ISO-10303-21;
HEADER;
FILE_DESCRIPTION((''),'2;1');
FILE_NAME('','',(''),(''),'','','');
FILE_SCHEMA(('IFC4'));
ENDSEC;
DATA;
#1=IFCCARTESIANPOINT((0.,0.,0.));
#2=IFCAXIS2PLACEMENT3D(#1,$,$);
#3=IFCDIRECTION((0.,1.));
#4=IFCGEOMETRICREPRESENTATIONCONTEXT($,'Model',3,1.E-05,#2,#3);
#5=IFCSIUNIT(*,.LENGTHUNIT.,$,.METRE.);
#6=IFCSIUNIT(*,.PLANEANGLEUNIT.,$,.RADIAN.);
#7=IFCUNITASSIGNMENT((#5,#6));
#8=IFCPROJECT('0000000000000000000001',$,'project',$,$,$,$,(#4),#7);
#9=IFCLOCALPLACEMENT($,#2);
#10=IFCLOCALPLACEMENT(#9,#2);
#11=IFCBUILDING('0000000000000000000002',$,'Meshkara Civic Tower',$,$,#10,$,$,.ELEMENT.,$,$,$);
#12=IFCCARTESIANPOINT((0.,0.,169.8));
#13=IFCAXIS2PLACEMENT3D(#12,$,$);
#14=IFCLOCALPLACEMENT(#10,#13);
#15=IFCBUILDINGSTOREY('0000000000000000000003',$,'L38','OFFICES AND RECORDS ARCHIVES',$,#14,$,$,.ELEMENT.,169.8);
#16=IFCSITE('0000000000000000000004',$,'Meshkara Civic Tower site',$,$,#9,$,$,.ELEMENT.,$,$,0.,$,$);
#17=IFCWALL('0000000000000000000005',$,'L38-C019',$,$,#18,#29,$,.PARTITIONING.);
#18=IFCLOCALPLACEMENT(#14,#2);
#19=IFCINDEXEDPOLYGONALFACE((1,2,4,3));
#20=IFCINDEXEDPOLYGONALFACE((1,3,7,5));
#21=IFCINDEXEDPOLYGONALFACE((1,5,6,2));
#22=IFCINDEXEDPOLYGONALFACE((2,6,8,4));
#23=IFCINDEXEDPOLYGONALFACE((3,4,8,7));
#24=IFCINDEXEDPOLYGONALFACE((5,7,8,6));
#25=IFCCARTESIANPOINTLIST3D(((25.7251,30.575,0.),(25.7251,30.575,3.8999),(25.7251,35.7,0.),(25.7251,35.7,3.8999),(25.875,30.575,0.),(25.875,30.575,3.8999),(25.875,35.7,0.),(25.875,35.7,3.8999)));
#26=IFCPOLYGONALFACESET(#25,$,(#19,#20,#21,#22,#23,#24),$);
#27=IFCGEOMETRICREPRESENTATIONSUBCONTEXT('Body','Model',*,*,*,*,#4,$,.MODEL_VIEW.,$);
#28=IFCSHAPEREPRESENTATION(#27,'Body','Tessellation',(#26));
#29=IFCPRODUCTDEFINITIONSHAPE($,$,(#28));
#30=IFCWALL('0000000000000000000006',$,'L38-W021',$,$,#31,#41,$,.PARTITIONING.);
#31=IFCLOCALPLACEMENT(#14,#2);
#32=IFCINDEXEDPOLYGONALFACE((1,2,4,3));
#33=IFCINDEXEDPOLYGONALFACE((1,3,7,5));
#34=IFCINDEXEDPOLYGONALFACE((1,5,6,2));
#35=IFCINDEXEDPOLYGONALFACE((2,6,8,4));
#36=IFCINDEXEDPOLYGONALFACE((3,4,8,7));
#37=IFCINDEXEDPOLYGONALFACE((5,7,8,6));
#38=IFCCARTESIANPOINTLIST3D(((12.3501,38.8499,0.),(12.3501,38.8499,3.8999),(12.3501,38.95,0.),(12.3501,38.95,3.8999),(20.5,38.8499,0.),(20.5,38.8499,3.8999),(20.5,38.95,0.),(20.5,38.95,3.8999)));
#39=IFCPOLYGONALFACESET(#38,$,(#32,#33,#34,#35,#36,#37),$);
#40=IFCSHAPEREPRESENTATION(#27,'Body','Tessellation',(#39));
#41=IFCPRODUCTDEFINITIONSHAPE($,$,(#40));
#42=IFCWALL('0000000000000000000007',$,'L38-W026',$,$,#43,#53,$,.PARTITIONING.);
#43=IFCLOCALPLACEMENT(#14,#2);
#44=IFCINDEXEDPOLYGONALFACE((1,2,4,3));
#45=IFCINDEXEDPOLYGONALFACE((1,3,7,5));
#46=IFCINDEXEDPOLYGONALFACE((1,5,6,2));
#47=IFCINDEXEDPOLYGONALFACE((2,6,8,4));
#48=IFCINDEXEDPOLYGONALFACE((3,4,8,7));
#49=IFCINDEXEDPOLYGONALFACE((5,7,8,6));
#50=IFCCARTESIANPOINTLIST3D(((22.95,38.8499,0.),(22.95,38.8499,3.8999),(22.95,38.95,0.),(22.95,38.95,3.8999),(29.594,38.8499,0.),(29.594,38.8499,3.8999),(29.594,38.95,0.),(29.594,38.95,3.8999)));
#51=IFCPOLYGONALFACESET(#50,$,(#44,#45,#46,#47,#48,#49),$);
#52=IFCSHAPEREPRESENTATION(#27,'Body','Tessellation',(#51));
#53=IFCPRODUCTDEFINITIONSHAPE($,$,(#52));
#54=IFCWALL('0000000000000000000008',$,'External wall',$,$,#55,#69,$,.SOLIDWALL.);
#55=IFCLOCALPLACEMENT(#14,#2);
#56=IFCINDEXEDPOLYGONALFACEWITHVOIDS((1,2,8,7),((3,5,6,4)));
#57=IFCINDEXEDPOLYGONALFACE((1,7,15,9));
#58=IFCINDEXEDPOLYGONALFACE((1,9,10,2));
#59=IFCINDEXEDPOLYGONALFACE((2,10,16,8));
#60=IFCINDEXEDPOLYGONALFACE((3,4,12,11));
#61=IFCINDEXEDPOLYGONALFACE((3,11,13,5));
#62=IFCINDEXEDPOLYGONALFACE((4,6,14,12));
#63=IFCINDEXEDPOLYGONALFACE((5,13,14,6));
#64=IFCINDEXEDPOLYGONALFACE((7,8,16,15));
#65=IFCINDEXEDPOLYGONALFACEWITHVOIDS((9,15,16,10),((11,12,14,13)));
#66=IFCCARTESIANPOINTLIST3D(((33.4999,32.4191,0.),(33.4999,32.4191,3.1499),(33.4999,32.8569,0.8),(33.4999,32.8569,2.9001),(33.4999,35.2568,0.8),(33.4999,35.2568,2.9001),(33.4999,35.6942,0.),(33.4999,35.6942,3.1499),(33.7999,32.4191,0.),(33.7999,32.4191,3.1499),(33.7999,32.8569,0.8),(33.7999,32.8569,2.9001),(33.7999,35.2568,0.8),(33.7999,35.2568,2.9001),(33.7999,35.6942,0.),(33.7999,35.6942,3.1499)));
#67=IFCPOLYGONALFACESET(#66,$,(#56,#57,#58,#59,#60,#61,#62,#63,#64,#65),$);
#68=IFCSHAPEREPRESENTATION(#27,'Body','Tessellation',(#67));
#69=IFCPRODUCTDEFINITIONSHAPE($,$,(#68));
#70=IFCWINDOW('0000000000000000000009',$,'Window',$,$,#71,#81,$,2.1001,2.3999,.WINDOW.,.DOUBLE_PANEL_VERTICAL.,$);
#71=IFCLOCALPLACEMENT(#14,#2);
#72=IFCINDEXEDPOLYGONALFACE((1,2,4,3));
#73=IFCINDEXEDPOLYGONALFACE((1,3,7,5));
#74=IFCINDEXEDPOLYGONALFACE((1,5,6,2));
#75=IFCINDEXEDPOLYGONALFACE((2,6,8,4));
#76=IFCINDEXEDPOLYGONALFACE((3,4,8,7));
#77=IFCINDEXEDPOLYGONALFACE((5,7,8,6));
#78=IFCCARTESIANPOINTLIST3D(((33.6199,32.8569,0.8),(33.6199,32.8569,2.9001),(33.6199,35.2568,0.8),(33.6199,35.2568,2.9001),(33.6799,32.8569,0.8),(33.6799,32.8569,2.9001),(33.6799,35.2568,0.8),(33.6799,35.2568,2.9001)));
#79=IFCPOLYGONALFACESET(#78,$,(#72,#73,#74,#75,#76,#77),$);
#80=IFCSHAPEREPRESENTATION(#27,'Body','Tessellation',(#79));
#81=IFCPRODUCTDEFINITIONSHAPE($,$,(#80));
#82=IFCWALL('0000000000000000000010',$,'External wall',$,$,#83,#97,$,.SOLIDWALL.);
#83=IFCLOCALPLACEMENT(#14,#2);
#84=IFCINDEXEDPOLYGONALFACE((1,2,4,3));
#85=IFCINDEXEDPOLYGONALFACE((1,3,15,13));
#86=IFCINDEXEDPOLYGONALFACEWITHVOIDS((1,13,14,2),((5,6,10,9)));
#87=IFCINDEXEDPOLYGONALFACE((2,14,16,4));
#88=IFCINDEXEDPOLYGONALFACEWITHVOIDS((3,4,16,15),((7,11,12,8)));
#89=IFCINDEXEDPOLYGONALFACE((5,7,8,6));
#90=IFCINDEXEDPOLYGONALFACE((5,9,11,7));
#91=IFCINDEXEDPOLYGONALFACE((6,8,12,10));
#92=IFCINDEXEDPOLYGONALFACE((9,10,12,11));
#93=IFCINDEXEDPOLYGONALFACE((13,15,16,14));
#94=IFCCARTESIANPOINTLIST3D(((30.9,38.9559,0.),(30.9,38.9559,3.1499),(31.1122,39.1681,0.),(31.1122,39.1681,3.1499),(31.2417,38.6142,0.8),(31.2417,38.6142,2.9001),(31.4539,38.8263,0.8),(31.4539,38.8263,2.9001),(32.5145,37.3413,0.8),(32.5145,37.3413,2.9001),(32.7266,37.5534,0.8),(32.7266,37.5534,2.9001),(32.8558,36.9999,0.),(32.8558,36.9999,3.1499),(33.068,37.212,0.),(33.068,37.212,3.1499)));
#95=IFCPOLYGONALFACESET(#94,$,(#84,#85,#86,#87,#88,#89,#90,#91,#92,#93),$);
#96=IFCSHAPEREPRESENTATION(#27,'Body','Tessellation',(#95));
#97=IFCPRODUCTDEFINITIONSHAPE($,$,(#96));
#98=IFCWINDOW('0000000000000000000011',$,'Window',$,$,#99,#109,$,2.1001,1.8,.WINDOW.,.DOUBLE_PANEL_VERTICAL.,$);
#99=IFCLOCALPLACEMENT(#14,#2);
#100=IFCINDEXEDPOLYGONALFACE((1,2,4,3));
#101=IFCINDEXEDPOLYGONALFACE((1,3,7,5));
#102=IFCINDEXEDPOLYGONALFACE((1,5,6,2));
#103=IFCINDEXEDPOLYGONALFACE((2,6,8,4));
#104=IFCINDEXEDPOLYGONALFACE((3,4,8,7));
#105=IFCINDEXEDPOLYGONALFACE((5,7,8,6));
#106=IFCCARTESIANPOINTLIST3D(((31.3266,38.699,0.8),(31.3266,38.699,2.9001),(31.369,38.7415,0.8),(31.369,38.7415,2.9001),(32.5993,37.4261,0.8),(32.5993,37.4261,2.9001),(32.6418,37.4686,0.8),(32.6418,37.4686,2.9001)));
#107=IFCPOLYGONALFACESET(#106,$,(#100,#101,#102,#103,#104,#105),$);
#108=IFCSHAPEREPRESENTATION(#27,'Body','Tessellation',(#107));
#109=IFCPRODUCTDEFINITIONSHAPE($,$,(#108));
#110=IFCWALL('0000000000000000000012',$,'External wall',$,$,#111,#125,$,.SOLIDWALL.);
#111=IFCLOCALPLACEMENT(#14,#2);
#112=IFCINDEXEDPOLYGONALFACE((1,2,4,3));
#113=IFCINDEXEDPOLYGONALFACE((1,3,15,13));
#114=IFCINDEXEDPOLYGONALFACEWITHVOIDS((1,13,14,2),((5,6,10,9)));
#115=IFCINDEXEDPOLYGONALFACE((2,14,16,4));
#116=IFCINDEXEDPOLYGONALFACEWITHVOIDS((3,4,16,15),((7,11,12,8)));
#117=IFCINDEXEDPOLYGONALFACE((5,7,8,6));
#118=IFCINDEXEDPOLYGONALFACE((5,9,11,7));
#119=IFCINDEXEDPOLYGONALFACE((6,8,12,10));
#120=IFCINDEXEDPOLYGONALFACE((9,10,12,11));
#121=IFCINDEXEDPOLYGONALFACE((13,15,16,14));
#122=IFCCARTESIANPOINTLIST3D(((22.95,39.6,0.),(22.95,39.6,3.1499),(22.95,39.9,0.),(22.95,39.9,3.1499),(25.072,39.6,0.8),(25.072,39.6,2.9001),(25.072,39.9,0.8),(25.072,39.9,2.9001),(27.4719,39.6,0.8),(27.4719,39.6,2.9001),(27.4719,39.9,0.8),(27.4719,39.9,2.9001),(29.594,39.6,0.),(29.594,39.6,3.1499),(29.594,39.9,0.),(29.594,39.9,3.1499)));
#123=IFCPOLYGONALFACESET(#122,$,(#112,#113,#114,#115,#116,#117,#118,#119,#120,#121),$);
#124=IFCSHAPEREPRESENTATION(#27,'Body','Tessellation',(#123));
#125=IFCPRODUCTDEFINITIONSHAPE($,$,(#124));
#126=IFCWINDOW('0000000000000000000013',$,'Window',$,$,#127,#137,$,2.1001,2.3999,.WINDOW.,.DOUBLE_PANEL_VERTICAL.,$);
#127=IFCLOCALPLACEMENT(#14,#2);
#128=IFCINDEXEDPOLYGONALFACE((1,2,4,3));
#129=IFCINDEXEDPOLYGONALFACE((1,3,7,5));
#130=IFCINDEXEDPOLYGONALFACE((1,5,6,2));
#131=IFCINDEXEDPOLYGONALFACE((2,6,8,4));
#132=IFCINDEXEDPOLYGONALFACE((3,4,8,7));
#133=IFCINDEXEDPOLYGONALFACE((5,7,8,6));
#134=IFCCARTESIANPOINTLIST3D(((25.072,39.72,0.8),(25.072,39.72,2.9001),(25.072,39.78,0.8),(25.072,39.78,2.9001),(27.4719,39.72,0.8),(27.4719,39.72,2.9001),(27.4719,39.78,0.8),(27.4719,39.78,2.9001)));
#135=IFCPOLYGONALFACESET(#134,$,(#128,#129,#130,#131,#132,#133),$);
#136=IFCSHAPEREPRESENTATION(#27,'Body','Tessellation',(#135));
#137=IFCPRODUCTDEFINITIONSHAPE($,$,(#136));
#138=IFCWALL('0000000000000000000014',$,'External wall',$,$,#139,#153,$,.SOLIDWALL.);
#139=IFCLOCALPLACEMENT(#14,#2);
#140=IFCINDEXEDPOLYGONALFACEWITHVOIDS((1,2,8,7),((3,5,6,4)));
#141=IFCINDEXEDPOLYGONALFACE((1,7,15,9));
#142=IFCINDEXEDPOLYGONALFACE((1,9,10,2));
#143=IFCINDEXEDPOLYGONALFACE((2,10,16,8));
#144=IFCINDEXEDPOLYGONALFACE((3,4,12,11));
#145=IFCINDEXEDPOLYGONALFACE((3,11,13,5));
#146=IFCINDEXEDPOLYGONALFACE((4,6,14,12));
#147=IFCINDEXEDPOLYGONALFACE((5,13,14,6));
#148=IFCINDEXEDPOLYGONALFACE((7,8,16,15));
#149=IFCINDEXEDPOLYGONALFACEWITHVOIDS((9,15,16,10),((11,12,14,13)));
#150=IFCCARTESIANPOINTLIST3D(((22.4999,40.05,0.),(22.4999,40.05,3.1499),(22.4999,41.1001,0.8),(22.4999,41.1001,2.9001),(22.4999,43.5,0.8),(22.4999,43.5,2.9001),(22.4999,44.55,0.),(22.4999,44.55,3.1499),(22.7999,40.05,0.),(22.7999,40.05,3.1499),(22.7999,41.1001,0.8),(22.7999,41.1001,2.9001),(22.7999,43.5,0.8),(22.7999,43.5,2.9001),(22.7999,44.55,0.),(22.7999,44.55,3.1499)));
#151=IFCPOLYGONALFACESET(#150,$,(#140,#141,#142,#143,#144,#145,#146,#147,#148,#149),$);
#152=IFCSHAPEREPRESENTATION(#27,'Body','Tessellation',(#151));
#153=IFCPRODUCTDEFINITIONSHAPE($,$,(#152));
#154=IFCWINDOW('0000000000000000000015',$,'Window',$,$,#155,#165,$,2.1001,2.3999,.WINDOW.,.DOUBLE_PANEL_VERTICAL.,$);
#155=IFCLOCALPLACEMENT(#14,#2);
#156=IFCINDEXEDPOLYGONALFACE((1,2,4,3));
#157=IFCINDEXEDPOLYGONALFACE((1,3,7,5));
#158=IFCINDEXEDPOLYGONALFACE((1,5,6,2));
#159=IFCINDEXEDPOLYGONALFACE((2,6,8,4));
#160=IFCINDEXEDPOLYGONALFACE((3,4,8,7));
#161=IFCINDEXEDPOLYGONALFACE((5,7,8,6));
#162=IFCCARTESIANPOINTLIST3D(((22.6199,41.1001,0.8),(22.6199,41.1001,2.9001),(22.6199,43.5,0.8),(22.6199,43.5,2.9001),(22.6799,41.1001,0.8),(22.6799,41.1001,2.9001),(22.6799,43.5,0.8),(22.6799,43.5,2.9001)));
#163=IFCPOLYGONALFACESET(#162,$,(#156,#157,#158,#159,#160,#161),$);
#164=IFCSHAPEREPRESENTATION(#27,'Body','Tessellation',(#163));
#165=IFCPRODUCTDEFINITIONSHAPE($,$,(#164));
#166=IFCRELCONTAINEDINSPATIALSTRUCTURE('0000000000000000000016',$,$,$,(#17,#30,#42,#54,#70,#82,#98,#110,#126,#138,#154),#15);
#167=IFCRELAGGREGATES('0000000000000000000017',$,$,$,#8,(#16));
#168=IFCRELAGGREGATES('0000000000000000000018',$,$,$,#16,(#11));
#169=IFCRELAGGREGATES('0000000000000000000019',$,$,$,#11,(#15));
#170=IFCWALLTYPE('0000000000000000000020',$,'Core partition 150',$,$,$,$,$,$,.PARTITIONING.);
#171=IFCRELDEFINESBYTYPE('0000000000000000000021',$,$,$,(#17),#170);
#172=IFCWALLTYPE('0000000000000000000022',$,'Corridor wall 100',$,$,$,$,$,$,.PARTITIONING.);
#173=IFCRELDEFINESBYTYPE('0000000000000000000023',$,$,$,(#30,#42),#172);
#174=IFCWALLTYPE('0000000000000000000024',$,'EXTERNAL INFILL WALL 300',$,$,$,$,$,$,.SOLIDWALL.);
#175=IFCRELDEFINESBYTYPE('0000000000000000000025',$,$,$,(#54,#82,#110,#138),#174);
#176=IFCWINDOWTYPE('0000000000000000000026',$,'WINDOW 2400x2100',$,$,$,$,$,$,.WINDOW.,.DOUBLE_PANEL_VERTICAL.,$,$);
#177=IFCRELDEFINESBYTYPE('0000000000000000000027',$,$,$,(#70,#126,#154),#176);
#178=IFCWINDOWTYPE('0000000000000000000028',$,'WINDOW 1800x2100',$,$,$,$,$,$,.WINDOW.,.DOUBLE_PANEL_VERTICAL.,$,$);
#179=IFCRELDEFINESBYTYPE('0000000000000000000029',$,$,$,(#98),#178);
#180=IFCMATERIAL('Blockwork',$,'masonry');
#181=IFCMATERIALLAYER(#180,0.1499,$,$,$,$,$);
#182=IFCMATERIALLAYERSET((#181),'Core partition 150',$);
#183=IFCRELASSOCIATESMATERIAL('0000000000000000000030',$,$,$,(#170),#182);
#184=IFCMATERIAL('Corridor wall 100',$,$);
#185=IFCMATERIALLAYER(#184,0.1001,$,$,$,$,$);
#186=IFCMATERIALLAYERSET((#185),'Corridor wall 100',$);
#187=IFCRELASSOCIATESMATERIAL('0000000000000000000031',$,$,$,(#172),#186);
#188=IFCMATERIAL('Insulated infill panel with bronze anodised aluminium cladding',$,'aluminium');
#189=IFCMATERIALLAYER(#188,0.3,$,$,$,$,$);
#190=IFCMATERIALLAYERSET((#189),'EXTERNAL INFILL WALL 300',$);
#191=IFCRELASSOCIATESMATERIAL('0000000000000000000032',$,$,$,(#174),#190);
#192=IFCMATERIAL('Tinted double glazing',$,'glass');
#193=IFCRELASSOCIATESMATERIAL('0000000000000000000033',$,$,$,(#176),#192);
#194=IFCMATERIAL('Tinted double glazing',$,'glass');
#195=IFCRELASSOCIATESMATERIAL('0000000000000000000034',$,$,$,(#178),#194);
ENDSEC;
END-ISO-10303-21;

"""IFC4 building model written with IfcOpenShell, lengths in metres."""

from ifc_helpers import new_model, si_unit, direction, frame, frame_2d, origin, place, context, subcontext, project, spatial, rectangle, extrude, material, layer, layer_set, type_object, element, fill, save


model = new_model("IFC4")

# Units and contexts
model_context = context("Model", 3, precision=1e-05, world=origin(), true_north=direction((0.0, 1.0)))
body_context = subcontext(model_context, "Body", "Model", "MODEL_VIEW")
ifc_project = project(units=[si_unit("LENGTHUNIT", "METRE"), si_unit("PLANEANGLEUNIT", "RADIAN")], contexts=[model_context])

# Site, building, storey
site_placement = place(None, origin())
site = spatial("IfcSite", under=ifc_project, at=site_placement, Name="Meshkara Civic Tower site", CompositionType="ELEMENT", RefElevation=0.0)
building_placement = place(site_placement, origin())
building = spatial("IfcBuilding", under=site, at=building_placement, Name="Meshkara Civic Tower", CompositionType="ELEMENT")
storey_placement = place(building_placement, frame((0.0, 0.0, 169.8)))
storey = spatial("IfcBuildingStorey", under=building, at=storey_placement, Name="L38", Description="OFFICES AND RECORDS ARCHIVES", CompositionType="ELEMENT", Elevation=169.8)

# Shared definitions
ifc_material_1 = material(Name="Blockwork", Category="masonry")
ifc_layer_1 = layer(ifc_material_1, 0.1499)
ifc_layer_set_1 = layer_set([ifc_layer_1], Name="Core partition 150")
wall_type_1 = type_object("IfcWallType", Name="Core partition 150", PredefinedType="PARTITIONING", material=ifc_layer_set_1)

# Walls
for number, where, z_axis, x_axis, name in (
    (1, (25.8, 30.575, 0.0), (0.0, 0.0, 1.0), (0.0, 1.0, 0.0), "L38-C019"),
):
    element("IfcWall", number, at=place(storey_placement, frame(where, z_axis=z_axis, x_axis=x_axis)), inside=storey, type_object=wall_type_1, Name=name, PredefinedType="PARTITIONING", context=body_context, shape_type="SweptSolid", body=[
        extrude(rectangle(XDim=5.125, YDim=0.1499, at=frame_2d((2.5625, 0.0))), origin(), (0.0, 0.0, 1.0), 3.8999),
    ])
ifc_material_2 = material(Name="Corridor wall 100")
ifc_layer_2 = layer(ifc_material_2, 0.1001)
ifc_layer_set_2 = layer_set([ifc_layer_2], Name="Corridor wall 100")
wall_type_2 = type_object("IfcWallType", Name="Corridor wall 100", PredefinedType="PARTITIONING", material=ifc_layer_set_2)
wall_1_placement = place(storey_placement, frame((20.5, 38.8999, 0.0), z_axis=(0.0, 0.0, 1.0), x_axis=(-1.0, 0.0, 0.0)))
element("IfcWall", 2, at=wall_1_placement, inside=storey, type_object=wall_type_2, Name="L38-W021", PredefinedType="PARTITIONING", context=body_context, shape_type="SweptSolid", body=[
    extrude(rectangle(XDim=8.1499, YDim=0.1001, at=frame_2d((4.075, 0.0))), origin(), (0.0, 0.0, 1.0), 3.8999),
])
wall_2_placement = place(storey_placement, frame((29.594, 38.8999, 0.0), z_axis=(0.0, 0.0, 1.0), x_axis=(-1.0, 0.0, 0.0)))
element("IfcWall", 3, at=wall_2_placement, inside=storey, type_object=wall_type_2, Name="L38-W026", PredefinedType="PARTITIONING", context=body_context, shape_type="SweptSolid", body=[
    extrude(rectangle(XDim=6.644, YDim=0.1001, at=frame_2d((3.322, 0.0))), origin(), (0.0, 0.0, 1.0), 3.8999),
])

# Walls, openings, windows
ifc_material_3 = material(Name="Insulated infill panel with bronze anodised aluminium cladding", Category="aluminium")
ifc_layer_3 = layer(ifc_material_3, 0.3)
ifc_layer_set_3 = layer_set([ifc_layer_3], Name="EXTERNAL INFILL WALL 300")
wall_type_3 = type_object("IfcWallType", Name="EXTERNAL INFILL WALL 300", PredefinedType="SOLIDWALL", material=ifc_layer_set_3)
wall_3_placement = place(storey_placement, frame((33.6499, 32.4189, 0.0), z_axis=(0.0, 0.0, 1.0), x_axis=(0.0, 1.0, 0.0)))
wall_3 = element("IfcWall", 4, at=wall_3_placement, inside=storey, type_object=wall_type_3, Name="External wall", PredefinedType="SOLIDWALL", context=body_context, shape_type="SweptSolid", body=[
    extrude(rectangle(XDim=3.2751, YDim=0.3, at=frame_2d((1.6377, 0.0))), origin(), (0.0, 0.0, 1.0), 3.1499),
])
opening_1_placement = place(wall_3_placement, frame((0.438, 0.0, 0.8)))
opening_1 = element("IfcOpeningElement", 5, at=opening_1_placement, cuts=wall_3, PredefinedType="OPENING", context=body_context, shape_type="SweptSolid", body=[
    extrude(rectangle(XDim=2.3999, YDim=2.1001, at=frame_2d((1.2, 1.05))), frame((0.0, 0.1599, 0.0), z_axis=(0.0, -1.0, 0.0), x_axis=(1.0, 0.0, 0.0)), (0.0, 0.0, 1.0), 0.3201),
])
ifc_material_4 = material(Name="Tinted double glazing", Category="glass")
window_type_1 = type_object("IfcWindowType", Name="WINDOW 2400x2100", PartitioningType="DOUBLE_PANEL_VERTICAL", PredefinedType="WINDOW", material=ifc_material_4)
window_1_placement = place(opening_1_placement, origin())
window_1 = element("IfcWindow", 6, at=window_1_placement, inside=storey, type_object=window_type_1, Name="Window", OverallHeight=2.1001, OverallWidth=2.3999, PartitioningType="DOUBLE_PANEL_VERTICAL", PredefinedType="WINDOW", context=body_context, shape_type="SweptSolid", body=[
    extrude(rectangle(XDim=2.3999, YDim=2.1001, at=frame_2d((1.2, 1.05))), frame((0.0, 0.03, 0.0), z_axis=(0.0, -1.0, 0.0), x_axis=(1.0, 0.0, 0.0)), (0.0, 0.0, 1.0), 0.0601),
])
fill(opening_1, window_1)
wall_4_placement = place(storey_placement, frame((32.9619, 37.106, 0.0), z_axis=(0.0, 0.0, 1.0), x_axis=(-0.707063, 0.707151, 0.0)))
wall_4 = element("IfcWall", 7, at=wall_4_placement, inside=storey, type_object=wall_type_3, Name="External wall", PredefinedType="SOLIDWALL", context=body_context, shape_type="SweptSolid", body=[
    extrude(rectangle(XDim=2.7661, YDim=0.3, at=frame_2d((1.3831, 0.0))), origin(), (0.0, 0.0, 1.0), 3.1499),
])
opening_2_placement = place(wall_4_placement, frame((0.4829, 0.0, 0.8)))
opening_2 = element("IfcOpeningElement", 8, at=opening_2_placement, cuts=wall_4, PredefinedType="OPENING", context=body_context, shape_type="SweptSolid", body=[
    extrude(rectangle(XDim=1.8, YDim=2.1001, at=frame_2d((0.8999, 1.05))), frame((0.0, 0.1599, 0.0), z_axis=(0.0, -1.0, 0.0), x_axis=(1.0, 0.0, 0.0)), (0.0, 0.0, 1.0), 0.3201),
])
ifc_material_5 = material(Name="Tinted double glazing", Category="glass")
window_type_2 = type_object("IfcWindowType", Name="WINDOW 1800x2100", PartitioningType="DOUBLE_PANEL_VERTICAL", PredefinedType="WINDOW", material=ifc_material_5)
window_2_placement = place(opening_2_placement, origin())
window_2 = element("IfcWindow", 9, at=window_2_placement, inside=storey, type_object=window_type_2, Name="Window", OverallHeight=2.1001, OverallWidth=1.8, PartitioningType="DOUBLE_PANEL_VERTICAL", PredefinedType="WINDOW", context=body_context, shape_type="SweptSolid", body=[
    extrude(rectangle(XDim=1.8, YDim=2.1001, at=frame_2d((0.8999, 1.05))), frame((0.0, 0.03, 0.0), z_axis=(0.0, -1.0, 0.0), x_axis=(1.0, 0.0, 0.0)), (0.0, 0.0, 1.0), 0.0601),
])
fill(opening_2, window_2)
wall_5_placement = place(storey_placement, frame((29.594, 39.75, 0.0), z_axis=(0.0, 0.0, 1.0), x_axis=(-1.0, 0.0, 0.0)))
wall_5 = element("IfcWall", 10, at=wall_5_placement, inside=storey, type_object=wall_type_3, Name="External wall", PredefinedType="SOLIDWALL", context=body_context, shape_type="SweptSolid", body=[
    extrude(rectangle(XDim=6.644, YDim=0.3, at=frame_2d((3.322, 0.0))), origin(), (0.0, 0.0, 1.0), 3.1499),
])
opening_3_placement = place(wall_5_placement, frame((2.1221, 0.0, 0.8)))
opening_3 = element("IfcOpeningElement", 11, at=opening_3_placement, cuts=wall_5, PredefinedType="OPENING", context=body_context, shape_type="SweptSolid", body=[
    extrude(rectangle(XDim=2.3999, YDim=2.1001, at=frame_2d((1.2, 1.05))), frame((0.0, 0.1599, 0.0), z_axis=(0.0, -1.0, 0.0), x_axis=(1.0, 0.0, 0.0)), (0.0, 0.0, 1.0), 0.3201),
])
window_3_placement = place(opening_3_placement, origin())
window_3 = element("IfcWindow", 12, at=window_3_placement, inside=storey, type_object=window_type_1, Name="Window", OverallHeight=2.1001, OverallWidth=2.3999, PartitioningType="DOUBLE_PANEL_VERTICAL", PredefinedType="WINDOW", context=body_context, shape_type="SweptSolid", body=[
    extrude(rectangle(XDim=2.3999, YDim=2.1001, at=frame_2d((1.2, 1.05))), frame((0.0, 0.03, 0.0), z_axis=(0.0, -1.0, 0.0), x_axis=(1.0, 0.0, 0.0)), (0.0, 0.0, 1.0), 0.0601),
])
fill(opening_3, window_3)
wall_6_placement = place(storey_placement, frame((22.6499, 40.05, 0.0), z_axis=(0.0, 0.0, 1.0), x_axis=(0.0, 1.0, 0.0)))
wall_6 = element("IfcWall", 13, at=wall_6_placement, inside=storey, type_object=wall_type_3, Name="External wall", PredefinedType="SOLIDWALL", context=body_context, shape_type="SweptSolid", body=[
    extrude(rectangle(XDim=4.5, YDim=0.3, at=frame_2d((2.25, 0.0))), origin(), (0.0, 0.0, 1.0), 3.1499),
])
opening_4_placement = place(wall_6_placement, frame((1.05, 0.0, 0.8)))
opening_4 = element("IfcOpeningElement", 14, at=opening_4_placement, cuts=wall_6, PredefinedType="OPENING", context=body_context, shape_type="SweptSolid", body=[
    extrude(rectangle(XDim=2.3999, YDim=2.1001, at=frame_2d((1.2, 1.05))), frame((0.0, 0.1599, 0.0), z_axis=(0.0, -1.0, 0.0), x_axis=(1.0, 0.0, 0.0)), (0.0, 0.0, 1.0), 0.3201),
])
window_4_placement = place(opening_4_placement, origin())
window_4 = element("IfcWindow", 15, at=window_4_placement, inside=storey, type_object=window_type_1, Name="Window", OverallHeight=2.1001, OverallWidth=2.3999, PartitioningType="DOUBLE_PANEL_VERTICAL", PredefinedType="WINDOW", context=body_context, shape_type="SweptSolid", body=[
    extrude(rectangle(XDim=2.3999, YDim=2.1001, at=frame_2d((1.2, 1.05))), frame((0.0, 0.03, 0.0), z_axis=(0.0, -1.0, 0.0), x_axis=(1.0, 0.0, 0.0)), (0.0, 0.0, 1.0), 0.0601),
])
fill(opening_4, window_4)

save(model, "model.ifc")
